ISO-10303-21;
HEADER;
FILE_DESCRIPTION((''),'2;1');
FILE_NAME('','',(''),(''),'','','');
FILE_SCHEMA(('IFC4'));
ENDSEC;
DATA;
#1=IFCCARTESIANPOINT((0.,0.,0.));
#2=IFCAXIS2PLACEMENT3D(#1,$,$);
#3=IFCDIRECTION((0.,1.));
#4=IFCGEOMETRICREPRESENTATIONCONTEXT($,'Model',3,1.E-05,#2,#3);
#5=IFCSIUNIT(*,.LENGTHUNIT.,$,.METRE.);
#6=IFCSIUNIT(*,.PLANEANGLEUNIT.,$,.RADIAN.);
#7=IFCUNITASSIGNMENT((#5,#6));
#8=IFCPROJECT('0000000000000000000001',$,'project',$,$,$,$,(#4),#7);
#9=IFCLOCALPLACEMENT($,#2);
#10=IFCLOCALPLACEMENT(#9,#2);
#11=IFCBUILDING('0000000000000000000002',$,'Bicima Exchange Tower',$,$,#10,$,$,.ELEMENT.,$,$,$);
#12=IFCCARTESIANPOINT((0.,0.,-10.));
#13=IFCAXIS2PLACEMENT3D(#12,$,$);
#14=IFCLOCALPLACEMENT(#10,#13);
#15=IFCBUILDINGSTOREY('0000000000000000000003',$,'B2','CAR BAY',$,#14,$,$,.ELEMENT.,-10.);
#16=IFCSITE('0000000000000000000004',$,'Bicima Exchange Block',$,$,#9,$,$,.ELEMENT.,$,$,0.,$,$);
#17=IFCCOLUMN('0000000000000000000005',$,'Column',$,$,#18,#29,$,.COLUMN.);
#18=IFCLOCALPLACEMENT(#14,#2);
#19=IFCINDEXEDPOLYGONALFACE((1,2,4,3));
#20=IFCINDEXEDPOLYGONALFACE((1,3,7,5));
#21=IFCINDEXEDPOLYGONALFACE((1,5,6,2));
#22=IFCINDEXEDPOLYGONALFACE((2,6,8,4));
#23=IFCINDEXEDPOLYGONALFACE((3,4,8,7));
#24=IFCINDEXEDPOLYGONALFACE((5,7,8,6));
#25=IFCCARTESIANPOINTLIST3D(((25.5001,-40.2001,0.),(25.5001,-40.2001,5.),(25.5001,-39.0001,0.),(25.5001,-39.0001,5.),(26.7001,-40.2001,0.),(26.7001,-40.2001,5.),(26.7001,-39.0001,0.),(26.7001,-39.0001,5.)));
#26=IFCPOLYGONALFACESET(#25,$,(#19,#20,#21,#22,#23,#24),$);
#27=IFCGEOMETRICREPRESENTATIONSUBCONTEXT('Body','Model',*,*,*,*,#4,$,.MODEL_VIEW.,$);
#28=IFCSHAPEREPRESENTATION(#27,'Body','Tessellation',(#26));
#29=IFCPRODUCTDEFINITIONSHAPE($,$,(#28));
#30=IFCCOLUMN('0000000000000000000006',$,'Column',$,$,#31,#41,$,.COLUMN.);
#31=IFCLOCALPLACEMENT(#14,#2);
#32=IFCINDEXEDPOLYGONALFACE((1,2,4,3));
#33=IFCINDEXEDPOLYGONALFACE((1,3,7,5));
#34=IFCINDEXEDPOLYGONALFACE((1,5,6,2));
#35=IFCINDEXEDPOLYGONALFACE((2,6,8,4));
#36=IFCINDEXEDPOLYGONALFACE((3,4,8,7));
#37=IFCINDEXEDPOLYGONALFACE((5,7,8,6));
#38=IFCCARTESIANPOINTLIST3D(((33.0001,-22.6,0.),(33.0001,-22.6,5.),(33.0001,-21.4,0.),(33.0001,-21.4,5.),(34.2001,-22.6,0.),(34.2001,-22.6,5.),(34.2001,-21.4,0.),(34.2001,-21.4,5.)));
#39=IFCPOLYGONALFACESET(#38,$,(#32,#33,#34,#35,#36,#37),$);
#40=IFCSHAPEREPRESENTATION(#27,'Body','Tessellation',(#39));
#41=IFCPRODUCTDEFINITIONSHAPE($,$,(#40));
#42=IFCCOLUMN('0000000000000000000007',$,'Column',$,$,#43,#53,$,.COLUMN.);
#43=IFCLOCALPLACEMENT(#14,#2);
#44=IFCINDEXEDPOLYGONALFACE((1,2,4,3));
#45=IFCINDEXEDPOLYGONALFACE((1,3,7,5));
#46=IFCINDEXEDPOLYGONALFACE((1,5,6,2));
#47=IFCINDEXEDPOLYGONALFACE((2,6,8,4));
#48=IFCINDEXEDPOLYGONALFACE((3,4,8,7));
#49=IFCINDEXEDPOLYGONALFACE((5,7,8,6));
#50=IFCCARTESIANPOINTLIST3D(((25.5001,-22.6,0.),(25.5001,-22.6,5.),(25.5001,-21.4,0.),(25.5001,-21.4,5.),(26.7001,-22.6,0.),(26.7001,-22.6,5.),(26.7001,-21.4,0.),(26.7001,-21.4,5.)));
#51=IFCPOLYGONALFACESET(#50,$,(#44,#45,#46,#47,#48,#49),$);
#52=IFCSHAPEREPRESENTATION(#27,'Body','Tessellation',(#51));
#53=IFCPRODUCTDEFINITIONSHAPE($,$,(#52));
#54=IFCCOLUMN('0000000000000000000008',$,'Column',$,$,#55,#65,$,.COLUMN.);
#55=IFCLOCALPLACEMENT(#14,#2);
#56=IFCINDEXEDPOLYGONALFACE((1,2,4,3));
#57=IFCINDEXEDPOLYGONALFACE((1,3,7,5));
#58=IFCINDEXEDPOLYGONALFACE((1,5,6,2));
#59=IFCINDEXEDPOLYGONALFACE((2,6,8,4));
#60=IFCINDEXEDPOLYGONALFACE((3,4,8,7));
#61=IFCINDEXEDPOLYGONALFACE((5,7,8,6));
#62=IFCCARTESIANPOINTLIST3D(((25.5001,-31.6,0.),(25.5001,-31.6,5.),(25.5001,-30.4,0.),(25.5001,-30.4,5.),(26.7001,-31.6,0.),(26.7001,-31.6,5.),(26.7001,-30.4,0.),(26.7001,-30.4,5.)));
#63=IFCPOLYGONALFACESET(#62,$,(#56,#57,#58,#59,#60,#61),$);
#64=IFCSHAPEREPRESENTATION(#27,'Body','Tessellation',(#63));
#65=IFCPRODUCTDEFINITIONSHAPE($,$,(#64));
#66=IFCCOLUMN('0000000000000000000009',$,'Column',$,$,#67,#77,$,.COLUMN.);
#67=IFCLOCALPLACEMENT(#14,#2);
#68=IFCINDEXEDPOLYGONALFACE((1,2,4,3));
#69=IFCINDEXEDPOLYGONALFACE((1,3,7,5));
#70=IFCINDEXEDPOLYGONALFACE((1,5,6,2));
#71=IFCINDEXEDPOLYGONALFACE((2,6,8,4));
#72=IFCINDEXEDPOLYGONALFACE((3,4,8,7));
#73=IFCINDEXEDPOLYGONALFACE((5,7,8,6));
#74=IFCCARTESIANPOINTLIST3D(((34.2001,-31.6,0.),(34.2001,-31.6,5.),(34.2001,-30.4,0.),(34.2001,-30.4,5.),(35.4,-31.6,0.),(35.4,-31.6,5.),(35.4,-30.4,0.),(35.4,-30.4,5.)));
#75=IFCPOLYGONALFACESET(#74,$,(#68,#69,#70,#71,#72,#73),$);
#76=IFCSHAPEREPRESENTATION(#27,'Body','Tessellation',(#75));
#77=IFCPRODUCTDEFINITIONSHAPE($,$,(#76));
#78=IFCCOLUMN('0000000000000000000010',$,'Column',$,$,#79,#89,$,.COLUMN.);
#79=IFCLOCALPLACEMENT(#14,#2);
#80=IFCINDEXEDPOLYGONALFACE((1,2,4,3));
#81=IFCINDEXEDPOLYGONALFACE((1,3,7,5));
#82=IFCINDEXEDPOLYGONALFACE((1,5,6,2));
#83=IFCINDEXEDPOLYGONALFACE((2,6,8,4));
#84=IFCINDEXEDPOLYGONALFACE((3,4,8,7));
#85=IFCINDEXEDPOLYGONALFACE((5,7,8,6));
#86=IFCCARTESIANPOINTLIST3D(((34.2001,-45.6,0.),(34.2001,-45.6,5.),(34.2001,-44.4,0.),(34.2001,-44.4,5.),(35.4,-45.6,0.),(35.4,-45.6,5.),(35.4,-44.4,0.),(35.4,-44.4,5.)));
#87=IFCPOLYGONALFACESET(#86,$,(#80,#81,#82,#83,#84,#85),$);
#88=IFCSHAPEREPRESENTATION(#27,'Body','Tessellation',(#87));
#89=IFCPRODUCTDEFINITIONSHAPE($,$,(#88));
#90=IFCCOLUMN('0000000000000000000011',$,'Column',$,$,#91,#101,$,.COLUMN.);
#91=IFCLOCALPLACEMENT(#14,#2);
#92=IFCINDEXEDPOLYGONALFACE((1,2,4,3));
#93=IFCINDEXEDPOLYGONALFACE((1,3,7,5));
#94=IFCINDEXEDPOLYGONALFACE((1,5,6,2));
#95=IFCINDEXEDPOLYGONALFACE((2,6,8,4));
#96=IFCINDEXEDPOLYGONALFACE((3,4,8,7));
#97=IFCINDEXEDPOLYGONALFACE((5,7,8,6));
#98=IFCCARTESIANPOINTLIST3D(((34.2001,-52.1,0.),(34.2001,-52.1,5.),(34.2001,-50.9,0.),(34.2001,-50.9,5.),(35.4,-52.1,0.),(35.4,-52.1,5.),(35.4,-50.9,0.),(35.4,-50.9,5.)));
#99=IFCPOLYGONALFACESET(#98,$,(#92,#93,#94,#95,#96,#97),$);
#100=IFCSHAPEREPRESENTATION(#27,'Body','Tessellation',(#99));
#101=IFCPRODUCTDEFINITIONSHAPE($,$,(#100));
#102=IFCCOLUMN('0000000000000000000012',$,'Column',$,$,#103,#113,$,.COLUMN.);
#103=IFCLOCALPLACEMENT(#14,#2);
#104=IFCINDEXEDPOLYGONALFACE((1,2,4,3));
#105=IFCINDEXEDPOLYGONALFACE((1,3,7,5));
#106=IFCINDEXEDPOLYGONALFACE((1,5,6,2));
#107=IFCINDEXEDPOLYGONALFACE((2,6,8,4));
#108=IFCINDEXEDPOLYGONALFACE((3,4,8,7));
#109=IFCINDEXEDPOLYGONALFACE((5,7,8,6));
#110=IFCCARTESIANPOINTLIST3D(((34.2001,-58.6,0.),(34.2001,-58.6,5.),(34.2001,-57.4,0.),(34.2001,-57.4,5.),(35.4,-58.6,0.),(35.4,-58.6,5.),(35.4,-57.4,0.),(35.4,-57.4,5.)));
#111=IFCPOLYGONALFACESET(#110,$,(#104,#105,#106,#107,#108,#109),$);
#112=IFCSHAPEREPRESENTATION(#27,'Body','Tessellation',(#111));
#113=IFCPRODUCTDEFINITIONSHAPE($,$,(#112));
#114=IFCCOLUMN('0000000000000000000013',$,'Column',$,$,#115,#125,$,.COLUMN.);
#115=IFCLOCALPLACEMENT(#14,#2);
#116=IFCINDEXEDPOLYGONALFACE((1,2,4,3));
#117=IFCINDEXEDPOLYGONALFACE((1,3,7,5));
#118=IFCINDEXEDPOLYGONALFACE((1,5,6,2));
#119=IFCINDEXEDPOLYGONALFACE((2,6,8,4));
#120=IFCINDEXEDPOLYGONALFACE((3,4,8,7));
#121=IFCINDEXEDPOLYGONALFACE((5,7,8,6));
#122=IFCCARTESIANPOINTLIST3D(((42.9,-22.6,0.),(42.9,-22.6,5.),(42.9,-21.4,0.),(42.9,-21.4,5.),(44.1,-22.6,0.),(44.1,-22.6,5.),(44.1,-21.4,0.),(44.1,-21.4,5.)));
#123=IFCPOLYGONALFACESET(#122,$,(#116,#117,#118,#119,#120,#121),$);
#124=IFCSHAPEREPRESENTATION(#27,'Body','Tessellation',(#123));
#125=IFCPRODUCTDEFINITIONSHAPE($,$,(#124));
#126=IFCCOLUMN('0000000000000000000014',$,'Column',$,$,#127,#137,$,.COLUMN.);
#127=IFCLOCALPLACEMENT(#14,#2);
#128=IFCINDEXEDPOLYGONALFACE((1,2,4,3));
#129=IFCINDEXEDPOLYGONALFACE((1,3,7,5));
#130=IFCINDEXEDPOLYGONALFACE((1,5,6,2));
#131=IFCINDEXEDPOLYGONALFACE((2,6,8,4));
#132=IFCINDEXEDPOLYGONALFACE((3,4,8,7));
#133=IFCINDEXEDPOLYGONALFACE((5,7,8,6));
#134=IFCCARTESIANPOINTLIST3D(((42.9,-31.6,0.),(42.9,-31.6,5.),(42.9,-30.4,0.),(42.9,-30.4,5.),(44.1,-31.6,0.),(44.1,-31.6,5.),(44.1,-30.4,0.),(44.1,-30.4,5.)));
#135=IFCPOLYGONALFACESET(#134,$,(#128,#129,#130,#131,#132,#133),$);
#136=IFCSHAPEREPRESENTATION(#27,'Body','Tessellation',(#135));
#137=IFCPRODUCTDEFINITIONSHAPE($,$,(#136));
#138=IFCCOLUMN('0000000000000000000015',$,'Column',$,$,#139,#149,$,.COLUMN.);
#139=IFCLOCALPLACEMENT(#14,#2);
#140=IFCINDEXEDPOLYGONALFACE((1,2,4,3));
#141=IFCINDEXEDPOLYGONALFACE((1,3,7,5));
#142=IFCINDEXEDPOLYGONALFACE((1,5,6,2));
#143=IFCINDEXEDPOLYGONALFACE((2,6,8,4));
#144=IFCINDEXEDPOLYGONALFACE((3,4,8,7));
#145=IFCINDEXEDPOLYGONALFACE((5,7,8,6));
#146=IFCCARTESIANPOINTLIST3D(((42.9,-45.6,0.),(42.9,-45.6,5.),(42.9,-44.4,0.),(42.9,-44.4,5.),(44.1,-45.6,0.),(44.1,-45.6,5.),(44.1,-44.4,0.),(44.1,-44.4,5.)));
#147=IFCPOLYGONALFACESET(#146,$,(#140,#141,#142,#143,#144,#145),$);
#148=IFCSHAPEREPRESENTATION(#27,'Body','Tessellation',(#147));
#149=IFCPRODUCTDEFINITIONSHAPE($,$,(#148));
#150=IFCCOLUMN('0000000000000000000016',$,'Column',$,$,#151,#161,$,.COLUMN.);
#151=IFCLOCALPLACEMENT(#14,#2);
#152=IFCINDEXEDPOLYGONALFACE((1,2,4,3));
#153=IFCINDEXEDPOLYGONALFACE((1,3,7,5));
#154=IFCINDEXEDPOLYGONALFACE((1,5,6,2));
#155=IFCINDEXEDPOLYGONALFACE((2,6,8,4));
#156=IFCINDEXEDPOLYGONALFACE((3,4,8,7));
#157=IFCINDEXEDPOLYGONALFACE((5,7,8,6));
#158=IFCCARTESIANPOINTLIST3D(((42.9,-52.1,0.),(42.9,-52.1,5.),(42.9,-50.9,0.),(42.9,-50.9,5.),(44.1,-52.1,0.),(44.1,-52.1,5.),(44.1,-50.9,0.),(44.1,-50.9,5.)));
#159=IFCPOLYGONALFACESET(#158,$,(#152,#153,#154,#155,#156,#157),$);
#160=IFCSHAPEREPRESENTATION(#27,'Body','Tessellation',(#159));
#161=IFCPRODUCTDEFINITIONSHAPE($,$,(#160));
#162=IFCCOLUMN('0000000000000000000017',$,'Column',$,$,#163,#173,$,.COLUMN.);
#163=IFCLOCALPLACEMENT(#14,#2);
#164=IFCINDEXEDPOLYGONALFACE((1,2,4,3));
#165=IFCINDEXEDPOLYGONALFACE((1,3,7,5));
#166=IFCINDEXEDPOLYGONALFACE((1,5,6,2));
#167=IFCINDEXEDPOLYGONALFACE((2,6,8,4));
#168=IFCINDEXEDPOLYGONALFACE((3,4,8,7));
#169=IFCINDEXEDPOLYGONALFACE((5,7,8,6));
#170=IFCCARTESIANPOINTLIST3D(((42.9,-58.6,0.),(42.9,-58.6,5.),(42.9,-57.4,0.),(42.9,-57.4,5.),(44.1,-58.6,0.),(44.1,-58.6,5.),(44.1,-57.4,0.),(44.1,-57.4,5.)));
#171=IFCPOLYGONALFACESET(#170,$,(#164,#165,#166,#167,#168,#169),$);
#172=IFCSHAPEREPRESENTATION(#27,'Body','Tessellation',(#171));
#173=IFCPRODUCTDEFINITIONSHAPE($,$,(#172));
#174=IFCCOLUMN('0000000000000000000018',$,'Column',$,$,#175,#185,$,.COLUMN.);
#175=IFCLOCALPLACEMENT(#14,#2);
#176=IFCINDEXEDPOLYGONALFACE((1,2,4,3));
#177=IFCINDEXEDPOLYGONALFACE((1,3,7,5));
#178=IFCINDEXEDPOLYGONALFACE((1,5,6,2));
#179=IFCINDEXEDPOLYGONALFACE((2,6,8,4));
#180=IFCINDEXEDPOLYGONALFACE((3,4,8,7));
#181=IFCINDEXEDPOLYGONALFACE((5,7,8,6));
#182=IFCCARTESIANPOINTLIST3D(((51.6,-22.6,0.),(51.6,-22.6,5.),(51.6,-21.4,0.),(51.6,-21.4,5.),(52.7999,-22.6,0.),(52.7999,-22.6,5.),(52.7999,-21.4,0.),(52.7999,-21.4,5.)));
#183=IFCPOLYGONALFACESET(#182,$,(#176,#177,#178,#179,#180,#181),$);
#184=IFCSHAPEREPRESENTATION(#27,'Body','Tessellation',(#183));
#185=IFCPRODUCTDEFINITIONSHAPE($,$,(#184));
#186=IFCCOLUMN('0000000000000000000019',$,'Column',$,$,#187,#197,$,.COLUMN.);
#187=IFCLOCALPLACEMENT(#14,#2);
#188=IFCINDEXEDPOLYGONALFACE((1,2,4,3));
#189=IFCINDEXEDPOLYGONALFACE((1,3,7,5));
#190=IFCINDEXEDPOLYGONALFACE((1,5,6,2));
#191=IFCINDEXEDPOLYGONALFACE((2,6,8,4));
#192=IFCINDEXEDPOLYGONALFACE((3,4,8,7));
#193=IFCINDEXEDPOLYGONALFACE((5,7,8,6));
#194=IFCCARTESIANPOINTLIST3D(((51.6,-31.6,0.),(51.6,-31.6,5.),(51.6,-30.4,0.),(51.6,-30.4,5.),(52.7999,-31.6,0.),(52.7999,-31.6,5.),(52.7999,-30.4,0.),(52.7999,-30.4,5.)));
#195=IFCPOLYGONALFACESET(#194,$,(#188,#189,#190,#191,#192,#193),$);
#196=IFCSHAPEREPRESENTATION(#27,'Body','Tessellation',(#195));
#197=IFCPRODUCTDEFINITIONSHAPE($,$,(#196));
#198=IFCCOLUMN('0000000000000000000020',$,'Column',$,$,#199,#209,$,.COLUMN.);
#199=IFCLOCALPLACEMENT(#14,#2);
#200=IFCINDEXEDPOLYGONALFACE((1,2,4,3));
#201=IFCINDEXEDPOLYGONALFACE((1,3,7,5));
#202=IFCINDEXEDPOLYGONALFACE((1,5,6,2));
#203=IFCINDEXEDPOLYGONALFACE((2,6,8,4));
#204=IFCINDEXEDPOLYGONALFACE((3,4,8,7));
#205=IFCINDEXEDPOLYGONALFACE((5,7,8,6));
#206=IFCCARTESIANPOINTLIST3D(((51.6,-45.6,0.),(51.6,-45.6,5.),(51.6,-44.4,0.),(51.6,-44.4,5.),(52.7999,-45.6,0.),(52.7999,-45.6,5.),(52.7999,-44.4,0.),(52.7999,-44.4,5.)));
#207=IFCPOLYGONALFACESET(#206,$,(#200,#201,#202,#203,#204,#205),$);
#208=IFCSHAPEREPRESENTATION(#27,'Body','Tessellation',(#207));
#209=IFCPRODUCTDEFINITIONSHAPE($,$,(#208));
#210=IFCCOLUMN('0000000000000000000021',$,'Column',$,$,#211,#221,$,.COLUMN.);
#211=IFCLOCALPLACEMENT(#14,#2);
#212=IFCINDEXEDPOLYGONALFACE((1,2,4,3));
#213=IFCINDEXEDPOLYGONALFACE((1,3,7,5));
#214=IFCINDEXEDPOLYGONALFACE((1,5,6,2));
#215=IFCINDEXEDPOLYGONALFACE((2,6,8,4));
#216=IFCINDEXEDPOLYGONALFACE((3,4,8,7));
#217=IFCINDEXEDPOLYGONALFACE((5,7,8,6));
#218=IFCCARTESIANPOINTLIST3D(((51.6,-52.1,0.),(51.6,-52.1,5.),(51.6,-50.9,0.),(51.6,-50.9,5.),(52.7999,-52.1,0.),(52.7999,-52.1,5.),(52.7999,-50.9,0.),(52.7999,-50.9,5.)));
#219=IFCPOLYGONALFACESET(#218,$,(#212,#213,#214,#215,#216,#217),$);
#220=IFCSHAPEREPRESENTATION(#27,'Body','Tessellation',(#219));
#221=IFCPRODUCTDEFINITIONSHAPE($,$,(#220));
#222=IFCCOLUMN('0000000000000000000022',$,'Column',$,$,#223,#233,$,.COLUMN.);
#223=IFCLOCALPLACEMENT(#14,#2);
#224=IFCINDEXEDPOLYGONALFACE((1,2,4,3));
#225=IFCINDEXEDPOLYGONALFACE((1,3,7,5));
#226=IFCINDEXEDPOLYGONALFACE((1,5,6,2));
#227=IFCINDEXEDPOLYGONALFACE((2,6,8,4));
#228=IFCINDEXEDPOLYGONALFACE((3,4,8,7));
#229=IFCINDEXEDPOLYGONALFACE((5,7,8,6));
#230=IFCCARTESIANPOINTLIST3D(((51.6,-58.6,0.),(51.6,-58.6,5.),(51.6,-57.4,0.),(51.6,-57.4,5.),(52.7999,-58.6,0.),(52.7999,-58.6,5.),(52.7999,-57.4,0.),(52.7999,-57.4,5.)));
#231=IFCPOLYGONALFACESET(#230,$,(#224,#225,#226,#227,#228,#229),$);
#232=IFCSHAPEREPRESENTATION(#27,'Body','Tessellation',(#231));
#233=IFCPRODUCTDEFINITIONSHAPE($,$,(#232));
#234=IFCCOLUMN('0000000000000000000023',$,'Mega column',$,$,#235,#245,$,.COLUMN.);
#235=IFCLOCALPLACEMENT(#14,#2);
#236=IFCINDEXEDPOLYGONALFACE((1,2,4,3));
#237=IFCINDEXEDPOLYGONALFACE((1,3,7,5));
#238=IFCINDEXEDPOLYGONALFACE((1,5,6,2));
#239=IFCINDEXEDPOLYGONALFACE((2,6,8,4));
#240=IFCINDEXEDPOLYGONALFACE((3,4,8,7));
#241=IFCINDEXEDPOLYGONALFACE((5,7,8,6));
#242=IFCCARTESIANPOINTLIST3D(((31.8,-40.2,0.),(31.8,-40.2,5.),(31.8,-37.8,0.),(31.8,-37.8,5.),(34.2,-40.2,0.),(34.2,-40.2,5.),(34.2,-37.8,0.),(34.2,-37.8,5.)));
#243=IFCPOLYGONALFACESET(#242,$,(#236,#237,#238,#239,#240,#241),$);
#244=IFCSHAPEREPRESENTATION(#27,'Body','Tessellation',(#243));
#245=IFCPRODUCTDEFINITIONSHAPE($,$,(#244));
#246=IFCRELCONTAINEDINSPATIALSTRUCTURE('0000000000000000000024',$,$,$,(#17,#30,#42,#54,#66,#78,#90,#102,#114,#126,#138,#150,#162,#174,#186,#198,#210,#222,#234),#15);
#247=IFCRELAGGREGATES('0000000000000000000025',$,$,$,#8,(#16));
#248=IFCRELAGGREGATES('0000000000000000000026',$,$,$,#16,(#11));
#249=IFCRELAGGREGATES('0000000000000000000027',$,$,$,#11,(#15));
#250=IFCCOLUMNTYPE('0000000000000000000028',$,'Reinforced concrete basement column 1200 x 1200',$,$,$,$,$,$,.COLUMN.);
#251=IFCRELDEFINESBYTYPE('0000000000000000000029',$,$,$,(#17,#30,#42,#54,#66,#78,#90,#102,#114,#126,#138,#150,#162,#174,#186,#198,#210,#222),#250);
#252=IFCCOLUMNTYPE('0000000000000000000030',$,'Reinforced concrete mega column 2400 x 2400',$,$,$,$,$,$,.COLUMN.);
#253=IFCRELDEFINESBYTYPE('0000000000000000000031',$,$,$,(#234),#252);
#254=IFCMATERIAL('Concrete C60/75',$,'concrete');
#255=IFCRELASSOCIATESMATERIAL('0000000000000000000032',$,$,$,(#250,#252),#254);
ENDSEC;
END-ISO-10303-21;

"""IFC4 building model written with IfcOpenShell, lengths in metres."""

from ifc_helpers import new_model, si_unit, direction, frame, origin, origin_2d, place, context, subcontext, project, spatial, rectangle, extrude, material, material_profile, profile_set, type_object, element, save


model = new_model("IFC4")

# Units and contexts
model_context = context("Model", 3, precision=1e-05, world=origin(), true_north=direction((0.0, 1.0)))
body_context = subcontext(model_context, "Body", "Model", "MODEL_VIEW")
ifc_project = project(units=[si_unit("LENGTHUNIT", "METRE"), si_unit("PLANEANGLEUNIT", "RADIAN")], contexts=[model_context])

# Site, building, storey
site_placement = place(None, origin())
site = spatial("IfcSite", under=ifc_project, at=site_placement, Name="Bicima Exchange Block", CompositionType="ELEMENT", RefElevation=0.0)
building_placement = place(site_placement, origin())
building = spatial("IfcBuilding", under=site, at=building_placement, Name="Bicima Exchange Tower", CompositionType="ELEMENT")
storey_placement = place(building_placement, frame((0.0, 0.0, -10.0)))
storey = spatial("IfcBuildingStorey", under=building, at=storey_placement, Name="B2", Description="CAR BAY", CompositionType="ELEMENT", Elevation=-10.0)

# Columns
ifc_material_1 = material(Name="Concrete C60/75", Category="concrete")
ifc_material_profile_1 = material_profile(ifc_material_1, rectangle(XDim=1.2, YDim=1.2, at=origin_2d()))
ifc_profile_set_1 = profile_set([ifc_material_profile_1], Name="Concrete C60/75")
column_type_1 = type_object("IfcColumnType", Name="Reinforced concrete basement column 1200 x 1200", PredefinedType="COLUMN", material=ifc_profile_set_1)
for number, where, z_axis, x_axis, name in (
    (1, (26.1001, -39.6001, 0.0), (0.0, 0.0, 1.0), (1.0, 0.0, 0.0), "Column"),
    (2, (33.6001, -22.0, 0.0), (0.0, 0.0, 1.0), (1.0, 0.0, 0.0), "Column"),
    (3, (26.1001, -22.0, 0.0), (0.0, 0.0, 1.0), (1.0, 0.0, 0.0), "Column"),
    (4, (26.1001, -31.0, 0.0), (0.0, 0.0, 1.0), (1.0, 0.0, 0.0), "Column"),
    (5, (34.8, -31.0, 0.0), (0.0, 0.0, 1.0), (1.0, 0.0, 0.0), "Column"),
    (6, (34.8, -45.0, 0.0), (0.0, 0.0, 1.0), (1.0, 0.0, 0.0), "Column"),
    (7, (34.8, -51.5, 0.0), (0.0, 0.0, 1.0), (1.0, 0.0, 0.0), "Column"),
    (8, (34.8, -58.0, 0.0), (0.0, 0.0, 1.0), (1.0, 0.0, 0.0), "Column"),
    (9, (43.5, -22.0, 0.0), (0.0, 0.0, 1.0), (1.0, 0.0, 0.0), "Column"),
    (10, (43.5, -31.0, 0.0), (0.0, 0.0, 1.0), (1.0, 0.0, 0.0), "Column"),
    (11, (43.5, -45.0, 0.0), (0.0, 0.0, 1.0), (1.0, 0.0, 0.0), "Column"),
    (12, (43.5, -51.5, 0.0), (0.0, 0.0, 1.0), (1.0, 0.0, 0.0), "Column"),
    (13, (43.5, -58.0, 0.0), (0.0, 0.0, 1.0), (1.0, 0.0, 0.0), "Column"),
    (14, (52.2, -22.0, 0.0), (0.0, 0.0, 1.0), (1.0, 0.0, 0.0), "Column"),
    (15, (52.2, -31.0, 0.0), (0.0, 0.0, 1.0), (1.0, 0.0, 0.0), "Column"),
    (16, (52.2, -45.0, 0.0), (0.0, 0.0, 1.0), (1.0, 0.0, 0.0), "Column"),
    (17, (52.2, -51.5, 0.0), (0.0, 0.0, 1.0), (1.0, 0.0, 0.0), "Column"),
    (18, (52.2, -58.0, 0.0), (0.0, 0.0, 1.0), (1.0, 0.0, 0.0), "Column"),
):
    element("IfcColumn", number, at=place(storey_placement, frame(where, z_axis=z_axis, x_axis=x_axis)), inside=storey, type_object=column_type_1, Name=name, PredefinedType="COLUMN", context=body_context, shape_type="SweptSolid", body=[
        extrude(rectangle(XDim=1.2, YDim=1.2, at=origin_2d()), origin(), (0.0, 0.0, 1.0), 5.0),
    ])
ifc_material_profile_2 = material_profile(ifc_material_1, rectangle(XDim=2.3999, YDim=2.3999, at=origin_2d()))
ifc_profile_set_2 = profile_set([ifc_material_profile_2], Name="Concrete C60/75")
column_type_2 = type_object("IfcColumnType", Name="Reinforced concrete mega column 2400 x 2400", PredefinedType="COLUMN", material=ifc_profile_set_2)
column_placement = place(storey_placement, frame((33.0, -39.0, 0.0), z_axis=(0.0, 0.0, 1.0), x_axis=(1.0, 0.0, 0.0)))
element("IfcColumn", 19, at=column_placement, inside=storey, type_object=column_type_2, Name="Mega column", PredefinedType="COLUMN", context=body_context, shape_type="SweptSolid", body=[
    extrude(rectangle(XDim=2.3999, YDim=2.3999, at=origin_2d()), origin(), (0.0, 0.0, 1.0), 5.0),
])

save(model, "model.ifc")
